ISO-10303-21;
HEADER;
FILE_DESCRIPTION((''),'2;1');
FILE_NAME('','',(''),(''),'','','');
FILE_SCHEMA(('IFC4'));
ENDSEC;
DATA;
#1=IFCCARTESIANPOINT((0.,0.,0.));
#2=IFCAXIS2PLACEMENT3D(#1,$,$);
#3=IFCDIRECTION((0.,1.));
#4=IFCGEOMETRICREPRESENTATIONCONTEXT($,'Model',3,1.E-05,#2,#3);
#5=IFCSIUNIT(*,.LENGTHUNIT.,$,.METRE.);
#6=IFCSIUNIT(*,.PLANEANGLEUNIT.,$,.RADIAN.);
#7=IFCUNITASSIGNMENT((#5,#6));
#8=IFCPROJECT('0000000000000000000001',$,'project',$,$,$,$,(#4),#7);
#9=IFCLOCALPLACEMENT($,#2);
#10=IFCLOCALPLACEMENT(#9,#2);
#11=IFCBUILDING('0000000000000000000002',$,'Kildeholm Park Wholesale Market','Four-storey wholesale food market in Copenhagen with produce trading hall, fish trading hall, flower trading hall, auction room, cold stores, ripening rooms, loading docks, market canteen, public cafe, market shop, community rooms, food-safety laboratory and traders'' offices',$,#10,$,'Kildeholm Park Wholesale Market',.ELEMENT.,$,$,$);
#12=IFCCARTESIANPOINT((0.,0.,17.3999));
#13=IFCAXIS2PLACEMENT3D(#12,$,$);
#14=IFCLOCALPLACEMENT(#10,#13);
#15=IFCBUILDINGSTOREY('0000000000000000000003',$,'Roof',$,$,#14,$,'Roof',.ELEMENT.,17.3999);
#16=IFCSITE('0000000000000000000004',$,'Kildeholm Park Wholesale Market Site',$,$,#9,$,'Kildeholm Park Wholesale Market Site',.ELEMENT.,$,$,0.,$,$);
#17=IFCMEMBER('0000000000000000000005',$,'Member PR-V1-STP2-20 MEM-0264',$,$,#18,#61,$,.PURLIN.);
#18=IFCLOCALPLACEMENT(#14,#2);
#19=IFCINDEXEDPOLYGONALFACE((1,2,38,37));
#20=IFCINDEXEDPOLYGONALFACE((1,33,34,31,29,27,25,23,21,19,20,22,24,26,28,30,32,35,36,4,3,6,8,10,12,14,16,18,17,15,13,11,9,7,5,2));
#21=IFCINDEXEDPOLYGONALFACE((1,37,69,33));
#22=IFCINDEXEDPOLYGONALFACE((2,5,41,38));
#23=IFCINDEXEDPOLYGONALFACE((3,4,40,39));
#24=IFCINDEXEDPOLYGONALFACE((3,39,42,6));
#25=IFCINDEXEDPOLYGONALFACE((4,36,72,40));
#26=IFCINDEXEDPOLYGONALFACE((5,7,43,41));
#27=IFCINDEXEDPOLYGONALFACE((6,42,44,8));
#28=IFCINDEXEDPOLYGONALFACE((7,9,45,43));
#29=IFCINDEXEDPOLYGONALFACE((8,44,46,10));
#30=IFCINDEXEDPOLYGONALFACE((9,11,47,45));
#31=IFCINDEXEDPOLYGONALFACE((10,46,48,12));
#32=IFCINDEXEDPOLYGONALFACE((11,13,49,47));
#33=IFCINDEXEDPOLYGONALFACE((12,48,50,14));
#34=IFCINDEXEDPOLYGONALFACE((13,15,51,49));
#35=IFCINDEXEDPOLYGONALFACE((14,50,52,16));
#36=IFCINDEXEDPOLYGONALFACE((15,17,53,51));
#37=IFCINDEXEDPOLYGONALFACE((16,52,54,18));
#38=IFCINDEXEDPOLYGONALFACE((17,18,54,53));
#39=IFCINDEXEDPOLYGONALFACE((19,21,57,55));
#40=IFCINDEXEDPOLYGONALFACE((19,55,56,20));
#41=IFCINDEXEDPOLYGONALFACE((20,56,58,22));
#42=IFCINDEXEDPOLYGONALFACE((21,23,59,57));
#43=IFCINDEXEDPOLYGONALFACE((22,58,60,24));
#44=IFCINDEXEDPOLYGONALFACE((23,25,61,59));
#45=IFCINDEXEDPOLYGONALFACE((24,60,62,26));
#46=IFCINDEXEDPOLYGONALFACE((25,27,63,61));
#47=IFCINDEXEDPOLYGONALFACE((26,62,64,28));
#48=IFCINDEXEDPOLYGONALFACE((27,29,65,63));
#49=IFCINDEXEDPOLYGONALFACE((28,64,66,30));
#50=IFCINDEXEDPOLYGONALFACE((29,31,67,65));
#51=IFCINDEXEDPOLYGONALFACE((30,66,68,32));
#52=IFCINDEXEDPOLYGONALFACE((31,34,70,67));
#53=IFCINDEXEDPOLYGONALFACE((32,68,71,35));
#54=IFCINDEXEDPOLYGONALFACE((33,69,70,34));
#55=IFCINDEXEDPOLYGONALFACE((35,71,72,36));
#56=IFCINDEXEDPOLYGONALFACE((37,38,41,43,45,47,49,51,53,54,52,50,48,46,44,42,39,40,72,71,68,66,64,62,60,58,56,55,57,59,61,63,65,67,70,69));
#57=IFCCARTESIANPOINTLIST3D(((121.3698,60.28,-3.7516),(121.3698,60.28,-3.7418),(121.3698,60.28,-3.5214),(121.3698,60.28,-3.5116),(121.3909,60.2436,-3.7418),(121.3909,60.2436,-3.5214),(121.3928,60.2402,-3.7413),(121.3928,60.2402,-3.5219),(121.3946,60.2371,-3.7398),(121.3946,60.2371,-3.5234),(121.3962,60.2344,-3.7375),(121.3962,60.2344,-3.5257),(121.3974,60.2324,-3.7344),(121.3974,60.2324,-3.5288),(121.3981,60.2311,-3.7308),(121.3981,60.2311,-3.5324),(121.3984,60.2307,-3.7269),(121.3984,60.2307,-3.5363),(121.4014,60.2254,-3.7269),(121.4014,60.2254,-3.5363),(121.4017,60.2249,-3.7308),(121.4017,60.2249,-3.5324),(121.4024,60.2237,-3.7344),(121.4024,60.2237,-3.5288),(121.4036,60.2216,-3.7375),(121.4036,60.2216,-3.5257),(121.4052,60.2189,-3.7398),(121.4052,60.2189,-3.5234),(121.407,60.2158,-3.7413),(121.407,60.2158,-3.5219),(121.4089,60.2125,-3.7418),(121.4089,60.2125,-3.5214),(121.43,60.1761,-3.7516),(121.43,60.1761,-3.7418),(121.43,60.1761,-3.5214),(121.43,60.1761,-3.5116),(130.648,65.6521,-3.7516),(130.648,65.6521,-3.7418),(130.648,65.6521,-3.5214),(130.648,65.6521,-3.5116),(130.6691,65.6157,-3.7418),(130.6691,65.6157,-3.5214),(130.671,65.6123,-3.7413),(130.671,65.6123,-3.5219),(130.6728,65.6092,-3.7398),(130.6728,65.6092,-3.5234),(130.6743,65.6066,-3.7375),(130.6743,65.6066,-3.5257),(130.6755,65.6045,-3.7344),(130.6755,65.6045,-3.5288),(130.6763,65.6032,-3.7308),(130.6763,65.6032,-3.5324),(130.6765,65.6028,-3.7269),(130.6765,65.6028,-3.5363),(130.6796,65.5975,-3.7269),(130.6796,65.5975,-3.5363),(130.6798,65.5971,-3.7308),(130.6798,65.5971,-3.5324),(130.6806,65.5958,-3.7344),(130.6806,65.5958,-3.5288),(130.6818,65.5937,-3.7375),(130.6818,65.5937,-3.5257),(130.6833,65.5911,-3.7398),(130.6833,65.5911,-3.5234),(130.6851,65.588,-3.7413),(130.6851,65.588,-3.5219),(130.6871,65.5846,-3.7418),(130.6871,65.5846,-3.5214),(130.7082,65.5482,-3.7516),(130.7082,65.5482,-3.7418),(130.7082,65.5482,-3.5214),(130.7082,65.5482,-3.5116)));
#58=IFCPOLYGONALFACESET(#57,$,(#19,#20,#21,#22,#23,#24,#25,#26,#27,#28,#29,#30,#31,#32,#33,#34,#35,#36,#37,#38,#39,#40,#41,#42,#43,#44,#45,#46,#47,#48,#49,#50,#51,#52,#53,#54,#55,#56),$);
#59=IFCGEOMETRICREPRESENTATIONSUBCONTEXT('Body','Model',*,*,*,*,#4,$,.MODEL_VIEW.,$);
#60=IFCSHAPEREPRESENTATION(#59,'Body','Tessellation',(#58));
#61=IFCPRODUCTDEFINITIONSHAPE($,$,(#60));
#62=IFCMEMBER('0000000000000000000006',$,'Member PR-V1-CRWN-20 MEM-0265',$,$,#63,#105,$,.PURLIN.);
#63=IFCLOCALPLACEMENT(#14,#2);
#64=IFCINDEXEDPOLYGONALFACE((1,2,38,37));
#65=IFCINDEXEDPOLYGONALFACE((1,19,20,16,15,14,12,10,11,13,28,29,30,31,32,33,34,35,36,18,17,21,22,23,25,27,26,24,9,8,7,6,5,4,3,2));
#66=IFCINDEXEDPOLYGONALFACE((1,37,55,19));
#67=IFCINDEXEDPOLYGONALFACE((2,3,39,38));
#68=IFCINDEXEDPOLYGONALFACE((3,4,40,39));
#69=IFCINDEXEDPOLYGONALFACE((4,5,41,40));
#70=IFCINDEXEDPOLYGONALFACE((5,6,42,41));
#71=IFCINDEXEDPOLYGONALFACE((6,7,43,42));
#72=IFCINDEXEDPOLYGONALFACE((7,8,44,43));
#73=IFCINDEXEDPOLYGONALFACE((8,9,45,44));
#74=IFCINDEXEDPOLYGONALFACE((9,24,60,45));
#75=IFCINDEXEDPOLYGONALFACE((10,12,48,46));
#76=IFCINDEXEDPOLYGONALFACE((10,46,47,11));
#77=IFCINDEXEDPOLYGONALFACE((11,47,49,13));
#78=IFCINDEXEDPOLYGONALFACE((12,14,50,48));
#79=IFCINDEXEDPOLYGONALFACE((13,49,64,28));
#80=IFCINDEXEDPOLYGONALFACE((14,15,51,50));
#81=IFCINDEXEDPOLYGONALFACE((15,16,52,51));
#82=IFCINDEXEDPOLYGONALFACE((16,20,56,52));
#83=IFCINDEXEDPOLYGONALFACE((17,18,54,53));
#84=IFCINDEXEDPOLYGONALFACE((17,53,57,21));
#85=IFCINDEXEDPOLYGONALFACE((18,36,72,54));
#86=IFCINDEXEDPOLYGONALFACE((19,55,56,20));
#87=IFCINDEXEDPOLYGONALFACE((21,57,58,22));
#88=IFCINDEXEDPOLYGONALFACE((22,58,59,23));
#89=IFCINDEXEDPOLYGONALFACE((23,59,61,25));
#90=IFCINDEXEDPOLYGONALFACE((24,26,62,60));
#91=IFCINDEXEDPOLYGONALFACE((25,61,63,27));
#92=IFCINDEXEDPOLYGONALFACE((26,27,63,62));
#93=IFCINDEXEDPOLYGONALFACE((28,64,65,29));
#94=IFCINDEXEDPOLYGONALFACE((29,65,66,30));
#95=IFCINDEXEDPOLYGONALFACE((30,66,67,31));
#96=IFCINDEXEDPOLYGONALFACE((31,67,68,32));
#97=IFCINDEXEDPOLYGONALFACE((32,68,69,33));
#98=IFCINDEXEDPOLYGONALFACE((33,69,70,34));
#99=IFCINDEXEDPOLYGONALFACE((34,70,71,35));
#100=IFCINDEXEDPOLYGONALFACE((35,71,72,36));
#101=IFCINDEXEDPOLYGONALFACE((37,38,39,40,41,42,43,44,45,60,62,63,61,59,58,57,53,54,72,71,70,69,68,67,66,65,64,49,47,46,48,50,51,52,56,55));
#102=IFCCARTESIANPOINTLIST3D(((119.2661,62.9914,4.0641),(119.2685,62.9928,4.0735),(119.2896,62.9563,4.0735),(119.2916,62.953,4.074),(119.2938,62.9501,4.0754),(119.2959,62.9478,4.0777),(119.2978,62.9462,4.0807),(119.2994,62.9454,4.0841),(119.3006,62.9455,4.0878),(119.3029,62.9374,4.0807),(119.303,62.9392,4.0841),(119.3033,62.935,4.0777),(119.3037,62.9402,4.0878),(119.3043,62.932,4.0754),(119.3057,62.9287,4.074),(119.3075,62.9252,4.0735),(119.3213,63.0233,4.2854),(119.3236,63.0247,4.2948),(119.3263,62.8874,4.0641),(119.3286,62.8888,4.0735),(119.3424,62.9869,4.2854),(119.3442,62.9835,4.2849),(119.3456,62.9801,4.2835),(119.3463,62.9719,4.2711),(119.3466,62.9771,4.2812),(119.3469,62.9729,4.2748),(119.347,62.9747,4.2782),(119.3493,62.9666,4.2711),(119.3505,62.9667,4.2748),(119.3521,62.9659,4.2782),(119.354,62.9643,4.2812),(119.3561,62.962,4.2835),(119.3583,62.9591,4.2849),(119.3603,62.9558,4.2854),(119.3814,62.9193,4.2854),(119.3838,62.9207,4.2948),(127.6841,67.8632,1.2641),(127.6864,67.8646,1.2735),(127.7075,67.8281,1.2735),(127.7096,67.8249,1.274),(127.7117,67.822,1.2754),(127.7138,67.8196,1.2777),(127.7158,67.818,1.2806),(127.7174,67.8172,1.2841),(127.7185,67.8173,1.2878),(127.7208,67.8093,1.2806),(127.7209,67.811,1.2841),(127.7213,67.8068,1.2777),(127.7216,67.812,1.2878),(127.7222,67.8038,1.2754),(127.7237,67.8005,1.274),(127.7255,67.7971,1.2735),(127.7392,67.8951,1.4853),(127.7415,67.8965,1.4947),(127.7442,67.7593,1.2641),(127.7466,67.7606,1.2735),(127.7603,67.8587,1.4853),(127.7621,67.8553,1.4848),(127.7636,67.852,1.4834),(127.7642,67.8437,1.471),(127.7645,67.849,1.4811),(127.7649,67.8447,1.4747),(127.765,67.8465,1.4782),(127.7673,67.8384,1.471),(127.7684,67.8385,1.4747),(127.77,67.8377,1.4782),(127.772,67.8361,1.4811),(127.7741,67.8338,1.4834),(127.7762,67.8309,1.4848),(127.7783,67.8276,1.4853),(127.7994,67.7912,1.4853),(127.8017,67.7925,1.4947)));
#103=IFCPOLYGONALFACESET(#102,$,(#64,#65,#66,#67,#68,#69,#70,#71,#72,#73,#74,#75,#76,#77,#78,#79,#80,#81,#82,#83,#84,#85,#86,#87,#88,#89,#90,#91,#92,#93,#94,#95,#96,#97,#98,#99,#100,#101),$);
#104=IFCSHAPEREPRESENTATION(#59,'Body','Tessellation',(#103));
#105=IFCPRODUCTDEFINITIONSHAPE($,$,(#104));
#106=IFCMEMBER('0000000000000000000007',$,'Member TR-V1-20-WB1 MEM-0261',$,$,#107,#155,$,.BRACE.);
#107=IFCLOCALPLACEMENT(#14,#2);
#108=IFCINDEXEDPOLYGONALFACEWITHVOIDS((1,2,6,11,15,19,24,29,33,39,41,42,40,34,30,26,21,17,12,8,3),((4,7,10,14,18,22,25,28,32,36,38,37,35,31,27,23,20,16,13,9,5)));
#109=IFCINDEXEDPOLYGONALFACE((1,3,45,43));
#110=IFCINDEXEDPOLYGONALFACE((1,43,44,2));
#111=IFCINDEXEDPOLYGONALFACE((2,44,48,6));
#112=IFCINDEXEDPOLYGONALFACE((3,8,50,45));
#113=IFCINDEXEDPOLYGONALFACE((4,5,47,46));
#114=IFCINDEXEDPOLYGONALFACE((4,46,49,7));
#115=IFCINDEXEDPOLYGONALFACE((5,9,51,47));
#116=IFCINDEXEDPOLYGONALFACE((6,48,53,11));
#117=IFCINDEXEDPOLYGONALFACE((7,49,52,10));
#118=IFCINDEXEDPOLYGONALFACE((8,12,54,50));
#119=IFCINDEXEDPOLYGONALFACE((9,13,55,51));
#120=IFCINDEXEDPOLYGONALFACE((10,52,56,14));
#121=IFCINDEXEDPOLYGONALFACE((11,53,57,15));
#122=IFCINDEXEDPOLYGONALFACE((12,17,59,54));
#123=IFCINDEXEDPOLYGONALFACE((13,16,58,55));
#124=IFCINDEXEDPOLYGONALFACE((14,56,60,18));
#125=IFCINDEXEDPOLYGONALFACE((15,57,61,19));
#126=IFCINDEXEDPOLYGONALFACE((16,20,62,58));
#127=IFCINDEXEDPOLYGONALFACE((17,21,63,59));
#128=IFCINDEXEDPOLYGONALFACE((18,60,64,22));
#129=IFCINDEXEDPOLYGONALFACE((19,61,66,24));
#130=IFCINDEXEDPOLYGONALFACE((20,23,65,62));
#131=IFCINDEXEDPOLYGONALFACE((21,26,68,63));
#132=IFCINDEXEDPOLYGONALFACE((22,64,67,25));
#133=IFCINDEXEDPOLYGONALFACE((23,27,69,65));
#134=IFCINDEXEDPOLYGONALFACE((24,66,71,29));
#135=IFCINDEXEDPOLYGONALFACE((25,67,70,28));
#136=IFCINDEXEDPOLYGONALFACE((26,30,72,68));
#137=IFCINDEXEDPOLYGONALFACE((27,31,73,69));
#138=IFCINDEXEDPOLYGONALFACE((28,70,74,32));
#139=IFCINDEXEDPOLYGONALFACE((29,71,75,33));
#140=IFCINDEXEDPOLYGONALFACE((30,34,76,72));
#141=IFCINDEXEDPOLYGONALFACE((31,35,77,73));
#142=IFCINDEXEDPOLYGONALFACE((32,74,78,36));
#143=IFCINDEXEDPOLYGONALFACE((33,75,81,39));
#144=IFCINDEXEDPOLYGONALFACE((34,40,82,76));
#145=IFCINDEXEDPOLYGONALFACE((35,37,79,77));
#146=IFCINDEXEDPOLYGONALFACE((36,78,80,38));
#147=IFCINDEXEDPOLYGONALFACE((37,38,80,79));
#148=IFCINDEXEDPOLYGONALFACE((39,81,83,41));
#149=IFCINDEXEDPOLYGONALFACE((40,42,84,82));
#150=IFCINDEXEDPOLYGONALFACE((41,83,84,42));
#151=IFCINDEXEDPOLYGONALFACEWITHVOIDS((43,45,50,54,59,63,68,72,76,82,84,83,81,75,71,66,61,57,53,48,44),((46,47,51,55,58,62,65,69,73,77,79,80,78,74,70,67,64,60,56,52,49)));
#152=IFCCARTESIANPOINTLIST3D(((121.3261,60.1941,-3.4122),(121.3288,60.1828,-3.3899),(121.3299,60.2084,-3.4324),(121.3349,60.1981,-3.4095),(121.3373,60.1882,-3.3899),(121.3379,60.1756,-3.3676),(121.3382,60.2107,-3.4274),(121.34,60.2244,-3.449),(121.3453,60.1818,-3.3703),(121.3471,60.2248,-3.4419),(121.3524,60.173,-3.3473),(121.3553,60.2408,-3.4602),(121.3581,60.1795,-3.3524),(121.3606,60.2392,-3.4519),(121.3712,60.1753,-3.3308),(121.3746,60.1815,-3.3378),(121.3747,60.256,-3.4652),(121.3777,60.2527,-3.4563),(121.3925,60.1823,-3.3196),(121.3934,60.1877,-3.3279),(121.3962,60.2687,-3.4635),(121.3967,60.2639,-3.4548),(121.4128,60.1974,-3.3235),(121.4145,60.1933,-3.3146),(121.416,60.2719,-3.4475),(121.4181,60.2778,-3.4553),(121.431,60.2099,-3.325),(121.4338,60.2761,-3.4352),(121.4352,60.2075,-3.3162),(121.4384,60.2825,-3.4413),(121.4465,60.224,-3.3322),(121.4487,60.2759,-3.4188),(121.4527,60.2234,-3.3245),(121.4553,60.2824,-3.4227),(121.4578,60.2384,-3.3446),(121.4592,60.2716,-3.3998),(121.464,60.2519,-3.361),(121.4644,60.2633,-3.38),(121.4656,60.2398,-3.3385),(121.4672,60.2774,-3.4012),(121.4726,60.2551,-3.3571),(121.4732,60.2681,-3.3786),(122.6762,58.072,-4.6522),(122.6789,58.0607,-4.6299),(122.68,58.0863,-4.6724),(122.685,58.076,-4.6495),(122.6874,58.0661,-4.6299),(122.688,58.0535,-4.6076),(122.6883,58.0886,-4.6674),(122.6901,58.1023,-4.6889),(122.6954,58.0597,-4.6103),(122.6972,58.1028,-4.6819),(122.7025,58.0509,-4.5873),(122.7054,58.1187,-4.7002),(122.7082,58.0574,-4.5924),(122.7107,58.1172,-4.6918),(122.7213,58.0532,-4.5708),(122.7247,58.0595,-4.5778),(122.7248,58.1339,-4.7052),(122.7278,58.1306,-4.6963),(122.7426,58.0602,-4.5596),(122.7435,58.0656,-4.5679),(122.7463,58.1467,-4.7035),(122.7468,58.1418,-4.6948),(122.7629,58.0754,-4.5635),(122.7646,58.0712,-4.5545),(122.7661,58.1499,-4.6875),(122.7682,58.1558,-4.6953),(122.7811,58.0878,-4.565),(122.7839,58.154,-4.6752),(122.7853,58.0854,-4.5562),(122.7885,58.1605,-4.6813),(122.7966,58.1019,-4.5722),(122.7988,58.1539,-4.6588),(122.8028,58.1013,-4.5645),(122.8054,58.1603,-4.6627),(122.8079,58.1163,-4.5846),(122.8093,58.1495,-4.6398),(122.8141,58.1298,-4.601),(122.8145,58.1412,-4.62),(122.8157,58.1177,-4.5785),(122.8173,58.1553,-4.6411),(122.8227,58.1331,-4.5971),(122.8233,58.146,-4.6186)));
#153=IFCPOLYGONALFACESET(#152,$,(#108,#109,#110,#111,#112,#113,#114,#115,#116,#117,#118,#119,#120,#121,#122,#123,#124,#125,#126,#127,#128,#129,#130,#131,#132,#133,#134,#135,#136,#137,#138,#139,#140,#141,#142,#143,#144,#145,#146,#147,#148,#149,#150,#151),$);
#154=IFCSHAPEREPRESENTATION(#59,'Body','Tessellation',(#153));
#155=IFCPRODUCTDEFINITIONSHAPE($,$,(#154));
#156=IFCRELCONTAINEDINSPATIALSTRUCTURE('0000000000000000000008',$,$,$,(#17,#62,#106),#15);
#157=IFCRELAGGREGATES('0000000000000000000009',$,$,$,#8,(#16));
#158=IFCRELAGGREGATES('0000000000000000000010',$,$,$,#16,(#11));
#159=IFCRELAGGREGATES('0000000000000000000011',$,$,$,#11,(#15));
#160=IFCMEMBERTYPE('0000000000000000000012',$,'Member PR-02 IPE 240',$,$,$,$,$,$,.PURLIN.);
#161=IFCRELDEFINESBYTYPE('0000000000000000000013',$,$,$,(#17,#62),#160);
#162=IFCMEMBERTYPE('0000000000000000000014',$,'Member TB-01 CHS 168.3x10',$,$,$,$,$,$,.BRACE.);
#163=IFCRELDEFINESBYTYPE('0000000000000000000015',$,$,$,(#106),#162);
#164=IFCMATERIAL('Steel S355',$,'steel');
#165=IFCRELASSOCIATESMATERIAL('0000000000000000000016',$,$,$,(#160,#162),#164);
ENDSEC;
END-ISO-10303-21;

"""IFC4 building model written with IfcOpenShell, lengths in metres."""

from ifc_helpers import new_model, si_unit, direction, frame, origin, origin_2d, place, context, subcontext, project, spatial, hollow_circle, i_section, extrude, material, material_profile, profile_set, type_object, element, save


model = new_model("IFC4")

# Units and contexts
model_context = context("Model", 3, precision=1e-05, world=origin(), true_north=direction((0.0, 1.0)))
body_context = subcontext(model_context, "Body", "Model", "MODEL_VIEW")
ifc_project = project(units=[si_unit("LENGTHUNIT", "METRE"), si_unit("PLANEANGLEUNIT", "RADIAN")], contexts=[model_context])

# Site, building, storey
site_placement = place(None, origin())
site = spatial("IfcSite", under=ifc_project, at=site_placement, Name="Kildeholm Park Wholesale Market Site", LongName="Kildeholm Park Wholesale Market Site", CompositionType="ELEMENT", RefElevation=0.0)
building_placement = place(site_placement, origin())
building = spatial("IfcBuilding", under=site, at=building_placement, Name="Kildeholm Park Wholesale Market", Description="Four-storey wholesale food market in Copenhagen with produce trading hall, fish trading hall, flower trading hall, auction room, cold stores, ripening rooms, loading docks, market canteen, public cafe, market shop, community rooms, food-safety laboratory and traders' offices", LongName="Kildeholm Park Wholesale Market", CompositionType="ELEMENT")
storey_placement = place(building_placement, frame((0.0, 0.0, 17.3999)))
storey = spatial("IfcBuildingStorey", under=building, at=storey_placement, Name="Roof", LongName="Roof", CompositionType="ELEMENT", Elevation=17.3999)

# Shared definitions
ifc_material_1 = material(Name="Steel S355", Category="steel")

# Members
ifc_material_profile_1 = material_profile(ifc_material_1, i_section(OverallWidth=0.1201, OverallDepth=0.24, WebThickness=0.0061, FlangeThickness=0.0098, FilletRadius=0.0149, at=origin_2d()), Name="IPE 240")
ifc_profile_set_1 = profile_set([ifc_material_profile_1], Name="Steel S355")
member_type_1 = type_object("IfcMemberType", Name="Member PR-02 IPE 240", PredefinedType="PURLIN", material=ifc_profile_set_1)
member_1_placement = place(storey_placement, frame((121.3999, 60.228, -3.6316), z_axis=(0.865404, 0.501075, 0.0), x_axis=(-0.501075, 0.865404, 0.0)))
element("IfcMember", 1, at=member_1_placement, inside=storey, type_object=member_type_1, Name="Member PR-V1-STP2-20 MEM-0264", PredefinedType="PURLIN", context=body_context, shape_type="SweptSolid", body=[
    extrude(i_section(OverallWidth=0.1201, OverallDepth=0.24, WebThickness=0.0061, FlangeThickness=0.0098, FilletRadius=0.0149, at=origin_2d()), origin(), (0.0, 0.0, 1.0), 10.7212),
])
member_2_placement = place(storey_placement, frame((119.325, 62.9561, 4.1794), z_axis=(0.831723, 0.481352, -0.276654), x_axis=(-0.500903, 0.865504, 0.0)))
element("IfcMember", 2, at=member_2_placement, inside=storey, type_object=member_type_1, Name="Member PR-V1-CRWN-20 MEM-0265", PredefinedType="PURLIN", context=body_context, shape_type="SweptSolid", body=[
    extrude(i_section(OverallWidth=0.1201, OverallDepth=0.24, WebThickness=0.0061, FlangeThickness=0.0098, FilletRadius=0.0149, at=origin_2d()), origin(), (0.0, 0.0, 1.0), 10.1211),
])
ifc_material_profile_2 = material_profile(ifc_material_1, hollow_circle(Radius=0.0842, WallThickness=0.01, at=origin_2d()), Name="CHS 168.3x10")
ifc_profile_set_2 = profile_set([ifc_material_profile_2], Name="Steel S355")
member_type_2 = type_object("IfcMemberType", Name="Member TB-01 CHS 168.3x10", PredefinedType="BRACE", material=ifc_profile_set_2)
member_3_placement = place(storey_placement, frame((122.75, 58.106, -4.6299), z_axis=(-0.481456, 0.756748, 0.442191), x_axis=(-0.843717, -0.536788, 0.0)))
element("IfcMember", 3, at=member_3_placement, inside=storey, type_object=member_type_2, Name="Member TR-V1-20-WB1 MEM-0261", PredefinedType="BRACE", context=body_context, shape_type="SweptSolid", body=[
    extrude(hollow_circle(Radius=0.0842, WallThickness=0.01, at=origin_2d()), origin(), (0.0, 0.0, 1.0), 2.8042),
])

save(model, "model.ifc")
